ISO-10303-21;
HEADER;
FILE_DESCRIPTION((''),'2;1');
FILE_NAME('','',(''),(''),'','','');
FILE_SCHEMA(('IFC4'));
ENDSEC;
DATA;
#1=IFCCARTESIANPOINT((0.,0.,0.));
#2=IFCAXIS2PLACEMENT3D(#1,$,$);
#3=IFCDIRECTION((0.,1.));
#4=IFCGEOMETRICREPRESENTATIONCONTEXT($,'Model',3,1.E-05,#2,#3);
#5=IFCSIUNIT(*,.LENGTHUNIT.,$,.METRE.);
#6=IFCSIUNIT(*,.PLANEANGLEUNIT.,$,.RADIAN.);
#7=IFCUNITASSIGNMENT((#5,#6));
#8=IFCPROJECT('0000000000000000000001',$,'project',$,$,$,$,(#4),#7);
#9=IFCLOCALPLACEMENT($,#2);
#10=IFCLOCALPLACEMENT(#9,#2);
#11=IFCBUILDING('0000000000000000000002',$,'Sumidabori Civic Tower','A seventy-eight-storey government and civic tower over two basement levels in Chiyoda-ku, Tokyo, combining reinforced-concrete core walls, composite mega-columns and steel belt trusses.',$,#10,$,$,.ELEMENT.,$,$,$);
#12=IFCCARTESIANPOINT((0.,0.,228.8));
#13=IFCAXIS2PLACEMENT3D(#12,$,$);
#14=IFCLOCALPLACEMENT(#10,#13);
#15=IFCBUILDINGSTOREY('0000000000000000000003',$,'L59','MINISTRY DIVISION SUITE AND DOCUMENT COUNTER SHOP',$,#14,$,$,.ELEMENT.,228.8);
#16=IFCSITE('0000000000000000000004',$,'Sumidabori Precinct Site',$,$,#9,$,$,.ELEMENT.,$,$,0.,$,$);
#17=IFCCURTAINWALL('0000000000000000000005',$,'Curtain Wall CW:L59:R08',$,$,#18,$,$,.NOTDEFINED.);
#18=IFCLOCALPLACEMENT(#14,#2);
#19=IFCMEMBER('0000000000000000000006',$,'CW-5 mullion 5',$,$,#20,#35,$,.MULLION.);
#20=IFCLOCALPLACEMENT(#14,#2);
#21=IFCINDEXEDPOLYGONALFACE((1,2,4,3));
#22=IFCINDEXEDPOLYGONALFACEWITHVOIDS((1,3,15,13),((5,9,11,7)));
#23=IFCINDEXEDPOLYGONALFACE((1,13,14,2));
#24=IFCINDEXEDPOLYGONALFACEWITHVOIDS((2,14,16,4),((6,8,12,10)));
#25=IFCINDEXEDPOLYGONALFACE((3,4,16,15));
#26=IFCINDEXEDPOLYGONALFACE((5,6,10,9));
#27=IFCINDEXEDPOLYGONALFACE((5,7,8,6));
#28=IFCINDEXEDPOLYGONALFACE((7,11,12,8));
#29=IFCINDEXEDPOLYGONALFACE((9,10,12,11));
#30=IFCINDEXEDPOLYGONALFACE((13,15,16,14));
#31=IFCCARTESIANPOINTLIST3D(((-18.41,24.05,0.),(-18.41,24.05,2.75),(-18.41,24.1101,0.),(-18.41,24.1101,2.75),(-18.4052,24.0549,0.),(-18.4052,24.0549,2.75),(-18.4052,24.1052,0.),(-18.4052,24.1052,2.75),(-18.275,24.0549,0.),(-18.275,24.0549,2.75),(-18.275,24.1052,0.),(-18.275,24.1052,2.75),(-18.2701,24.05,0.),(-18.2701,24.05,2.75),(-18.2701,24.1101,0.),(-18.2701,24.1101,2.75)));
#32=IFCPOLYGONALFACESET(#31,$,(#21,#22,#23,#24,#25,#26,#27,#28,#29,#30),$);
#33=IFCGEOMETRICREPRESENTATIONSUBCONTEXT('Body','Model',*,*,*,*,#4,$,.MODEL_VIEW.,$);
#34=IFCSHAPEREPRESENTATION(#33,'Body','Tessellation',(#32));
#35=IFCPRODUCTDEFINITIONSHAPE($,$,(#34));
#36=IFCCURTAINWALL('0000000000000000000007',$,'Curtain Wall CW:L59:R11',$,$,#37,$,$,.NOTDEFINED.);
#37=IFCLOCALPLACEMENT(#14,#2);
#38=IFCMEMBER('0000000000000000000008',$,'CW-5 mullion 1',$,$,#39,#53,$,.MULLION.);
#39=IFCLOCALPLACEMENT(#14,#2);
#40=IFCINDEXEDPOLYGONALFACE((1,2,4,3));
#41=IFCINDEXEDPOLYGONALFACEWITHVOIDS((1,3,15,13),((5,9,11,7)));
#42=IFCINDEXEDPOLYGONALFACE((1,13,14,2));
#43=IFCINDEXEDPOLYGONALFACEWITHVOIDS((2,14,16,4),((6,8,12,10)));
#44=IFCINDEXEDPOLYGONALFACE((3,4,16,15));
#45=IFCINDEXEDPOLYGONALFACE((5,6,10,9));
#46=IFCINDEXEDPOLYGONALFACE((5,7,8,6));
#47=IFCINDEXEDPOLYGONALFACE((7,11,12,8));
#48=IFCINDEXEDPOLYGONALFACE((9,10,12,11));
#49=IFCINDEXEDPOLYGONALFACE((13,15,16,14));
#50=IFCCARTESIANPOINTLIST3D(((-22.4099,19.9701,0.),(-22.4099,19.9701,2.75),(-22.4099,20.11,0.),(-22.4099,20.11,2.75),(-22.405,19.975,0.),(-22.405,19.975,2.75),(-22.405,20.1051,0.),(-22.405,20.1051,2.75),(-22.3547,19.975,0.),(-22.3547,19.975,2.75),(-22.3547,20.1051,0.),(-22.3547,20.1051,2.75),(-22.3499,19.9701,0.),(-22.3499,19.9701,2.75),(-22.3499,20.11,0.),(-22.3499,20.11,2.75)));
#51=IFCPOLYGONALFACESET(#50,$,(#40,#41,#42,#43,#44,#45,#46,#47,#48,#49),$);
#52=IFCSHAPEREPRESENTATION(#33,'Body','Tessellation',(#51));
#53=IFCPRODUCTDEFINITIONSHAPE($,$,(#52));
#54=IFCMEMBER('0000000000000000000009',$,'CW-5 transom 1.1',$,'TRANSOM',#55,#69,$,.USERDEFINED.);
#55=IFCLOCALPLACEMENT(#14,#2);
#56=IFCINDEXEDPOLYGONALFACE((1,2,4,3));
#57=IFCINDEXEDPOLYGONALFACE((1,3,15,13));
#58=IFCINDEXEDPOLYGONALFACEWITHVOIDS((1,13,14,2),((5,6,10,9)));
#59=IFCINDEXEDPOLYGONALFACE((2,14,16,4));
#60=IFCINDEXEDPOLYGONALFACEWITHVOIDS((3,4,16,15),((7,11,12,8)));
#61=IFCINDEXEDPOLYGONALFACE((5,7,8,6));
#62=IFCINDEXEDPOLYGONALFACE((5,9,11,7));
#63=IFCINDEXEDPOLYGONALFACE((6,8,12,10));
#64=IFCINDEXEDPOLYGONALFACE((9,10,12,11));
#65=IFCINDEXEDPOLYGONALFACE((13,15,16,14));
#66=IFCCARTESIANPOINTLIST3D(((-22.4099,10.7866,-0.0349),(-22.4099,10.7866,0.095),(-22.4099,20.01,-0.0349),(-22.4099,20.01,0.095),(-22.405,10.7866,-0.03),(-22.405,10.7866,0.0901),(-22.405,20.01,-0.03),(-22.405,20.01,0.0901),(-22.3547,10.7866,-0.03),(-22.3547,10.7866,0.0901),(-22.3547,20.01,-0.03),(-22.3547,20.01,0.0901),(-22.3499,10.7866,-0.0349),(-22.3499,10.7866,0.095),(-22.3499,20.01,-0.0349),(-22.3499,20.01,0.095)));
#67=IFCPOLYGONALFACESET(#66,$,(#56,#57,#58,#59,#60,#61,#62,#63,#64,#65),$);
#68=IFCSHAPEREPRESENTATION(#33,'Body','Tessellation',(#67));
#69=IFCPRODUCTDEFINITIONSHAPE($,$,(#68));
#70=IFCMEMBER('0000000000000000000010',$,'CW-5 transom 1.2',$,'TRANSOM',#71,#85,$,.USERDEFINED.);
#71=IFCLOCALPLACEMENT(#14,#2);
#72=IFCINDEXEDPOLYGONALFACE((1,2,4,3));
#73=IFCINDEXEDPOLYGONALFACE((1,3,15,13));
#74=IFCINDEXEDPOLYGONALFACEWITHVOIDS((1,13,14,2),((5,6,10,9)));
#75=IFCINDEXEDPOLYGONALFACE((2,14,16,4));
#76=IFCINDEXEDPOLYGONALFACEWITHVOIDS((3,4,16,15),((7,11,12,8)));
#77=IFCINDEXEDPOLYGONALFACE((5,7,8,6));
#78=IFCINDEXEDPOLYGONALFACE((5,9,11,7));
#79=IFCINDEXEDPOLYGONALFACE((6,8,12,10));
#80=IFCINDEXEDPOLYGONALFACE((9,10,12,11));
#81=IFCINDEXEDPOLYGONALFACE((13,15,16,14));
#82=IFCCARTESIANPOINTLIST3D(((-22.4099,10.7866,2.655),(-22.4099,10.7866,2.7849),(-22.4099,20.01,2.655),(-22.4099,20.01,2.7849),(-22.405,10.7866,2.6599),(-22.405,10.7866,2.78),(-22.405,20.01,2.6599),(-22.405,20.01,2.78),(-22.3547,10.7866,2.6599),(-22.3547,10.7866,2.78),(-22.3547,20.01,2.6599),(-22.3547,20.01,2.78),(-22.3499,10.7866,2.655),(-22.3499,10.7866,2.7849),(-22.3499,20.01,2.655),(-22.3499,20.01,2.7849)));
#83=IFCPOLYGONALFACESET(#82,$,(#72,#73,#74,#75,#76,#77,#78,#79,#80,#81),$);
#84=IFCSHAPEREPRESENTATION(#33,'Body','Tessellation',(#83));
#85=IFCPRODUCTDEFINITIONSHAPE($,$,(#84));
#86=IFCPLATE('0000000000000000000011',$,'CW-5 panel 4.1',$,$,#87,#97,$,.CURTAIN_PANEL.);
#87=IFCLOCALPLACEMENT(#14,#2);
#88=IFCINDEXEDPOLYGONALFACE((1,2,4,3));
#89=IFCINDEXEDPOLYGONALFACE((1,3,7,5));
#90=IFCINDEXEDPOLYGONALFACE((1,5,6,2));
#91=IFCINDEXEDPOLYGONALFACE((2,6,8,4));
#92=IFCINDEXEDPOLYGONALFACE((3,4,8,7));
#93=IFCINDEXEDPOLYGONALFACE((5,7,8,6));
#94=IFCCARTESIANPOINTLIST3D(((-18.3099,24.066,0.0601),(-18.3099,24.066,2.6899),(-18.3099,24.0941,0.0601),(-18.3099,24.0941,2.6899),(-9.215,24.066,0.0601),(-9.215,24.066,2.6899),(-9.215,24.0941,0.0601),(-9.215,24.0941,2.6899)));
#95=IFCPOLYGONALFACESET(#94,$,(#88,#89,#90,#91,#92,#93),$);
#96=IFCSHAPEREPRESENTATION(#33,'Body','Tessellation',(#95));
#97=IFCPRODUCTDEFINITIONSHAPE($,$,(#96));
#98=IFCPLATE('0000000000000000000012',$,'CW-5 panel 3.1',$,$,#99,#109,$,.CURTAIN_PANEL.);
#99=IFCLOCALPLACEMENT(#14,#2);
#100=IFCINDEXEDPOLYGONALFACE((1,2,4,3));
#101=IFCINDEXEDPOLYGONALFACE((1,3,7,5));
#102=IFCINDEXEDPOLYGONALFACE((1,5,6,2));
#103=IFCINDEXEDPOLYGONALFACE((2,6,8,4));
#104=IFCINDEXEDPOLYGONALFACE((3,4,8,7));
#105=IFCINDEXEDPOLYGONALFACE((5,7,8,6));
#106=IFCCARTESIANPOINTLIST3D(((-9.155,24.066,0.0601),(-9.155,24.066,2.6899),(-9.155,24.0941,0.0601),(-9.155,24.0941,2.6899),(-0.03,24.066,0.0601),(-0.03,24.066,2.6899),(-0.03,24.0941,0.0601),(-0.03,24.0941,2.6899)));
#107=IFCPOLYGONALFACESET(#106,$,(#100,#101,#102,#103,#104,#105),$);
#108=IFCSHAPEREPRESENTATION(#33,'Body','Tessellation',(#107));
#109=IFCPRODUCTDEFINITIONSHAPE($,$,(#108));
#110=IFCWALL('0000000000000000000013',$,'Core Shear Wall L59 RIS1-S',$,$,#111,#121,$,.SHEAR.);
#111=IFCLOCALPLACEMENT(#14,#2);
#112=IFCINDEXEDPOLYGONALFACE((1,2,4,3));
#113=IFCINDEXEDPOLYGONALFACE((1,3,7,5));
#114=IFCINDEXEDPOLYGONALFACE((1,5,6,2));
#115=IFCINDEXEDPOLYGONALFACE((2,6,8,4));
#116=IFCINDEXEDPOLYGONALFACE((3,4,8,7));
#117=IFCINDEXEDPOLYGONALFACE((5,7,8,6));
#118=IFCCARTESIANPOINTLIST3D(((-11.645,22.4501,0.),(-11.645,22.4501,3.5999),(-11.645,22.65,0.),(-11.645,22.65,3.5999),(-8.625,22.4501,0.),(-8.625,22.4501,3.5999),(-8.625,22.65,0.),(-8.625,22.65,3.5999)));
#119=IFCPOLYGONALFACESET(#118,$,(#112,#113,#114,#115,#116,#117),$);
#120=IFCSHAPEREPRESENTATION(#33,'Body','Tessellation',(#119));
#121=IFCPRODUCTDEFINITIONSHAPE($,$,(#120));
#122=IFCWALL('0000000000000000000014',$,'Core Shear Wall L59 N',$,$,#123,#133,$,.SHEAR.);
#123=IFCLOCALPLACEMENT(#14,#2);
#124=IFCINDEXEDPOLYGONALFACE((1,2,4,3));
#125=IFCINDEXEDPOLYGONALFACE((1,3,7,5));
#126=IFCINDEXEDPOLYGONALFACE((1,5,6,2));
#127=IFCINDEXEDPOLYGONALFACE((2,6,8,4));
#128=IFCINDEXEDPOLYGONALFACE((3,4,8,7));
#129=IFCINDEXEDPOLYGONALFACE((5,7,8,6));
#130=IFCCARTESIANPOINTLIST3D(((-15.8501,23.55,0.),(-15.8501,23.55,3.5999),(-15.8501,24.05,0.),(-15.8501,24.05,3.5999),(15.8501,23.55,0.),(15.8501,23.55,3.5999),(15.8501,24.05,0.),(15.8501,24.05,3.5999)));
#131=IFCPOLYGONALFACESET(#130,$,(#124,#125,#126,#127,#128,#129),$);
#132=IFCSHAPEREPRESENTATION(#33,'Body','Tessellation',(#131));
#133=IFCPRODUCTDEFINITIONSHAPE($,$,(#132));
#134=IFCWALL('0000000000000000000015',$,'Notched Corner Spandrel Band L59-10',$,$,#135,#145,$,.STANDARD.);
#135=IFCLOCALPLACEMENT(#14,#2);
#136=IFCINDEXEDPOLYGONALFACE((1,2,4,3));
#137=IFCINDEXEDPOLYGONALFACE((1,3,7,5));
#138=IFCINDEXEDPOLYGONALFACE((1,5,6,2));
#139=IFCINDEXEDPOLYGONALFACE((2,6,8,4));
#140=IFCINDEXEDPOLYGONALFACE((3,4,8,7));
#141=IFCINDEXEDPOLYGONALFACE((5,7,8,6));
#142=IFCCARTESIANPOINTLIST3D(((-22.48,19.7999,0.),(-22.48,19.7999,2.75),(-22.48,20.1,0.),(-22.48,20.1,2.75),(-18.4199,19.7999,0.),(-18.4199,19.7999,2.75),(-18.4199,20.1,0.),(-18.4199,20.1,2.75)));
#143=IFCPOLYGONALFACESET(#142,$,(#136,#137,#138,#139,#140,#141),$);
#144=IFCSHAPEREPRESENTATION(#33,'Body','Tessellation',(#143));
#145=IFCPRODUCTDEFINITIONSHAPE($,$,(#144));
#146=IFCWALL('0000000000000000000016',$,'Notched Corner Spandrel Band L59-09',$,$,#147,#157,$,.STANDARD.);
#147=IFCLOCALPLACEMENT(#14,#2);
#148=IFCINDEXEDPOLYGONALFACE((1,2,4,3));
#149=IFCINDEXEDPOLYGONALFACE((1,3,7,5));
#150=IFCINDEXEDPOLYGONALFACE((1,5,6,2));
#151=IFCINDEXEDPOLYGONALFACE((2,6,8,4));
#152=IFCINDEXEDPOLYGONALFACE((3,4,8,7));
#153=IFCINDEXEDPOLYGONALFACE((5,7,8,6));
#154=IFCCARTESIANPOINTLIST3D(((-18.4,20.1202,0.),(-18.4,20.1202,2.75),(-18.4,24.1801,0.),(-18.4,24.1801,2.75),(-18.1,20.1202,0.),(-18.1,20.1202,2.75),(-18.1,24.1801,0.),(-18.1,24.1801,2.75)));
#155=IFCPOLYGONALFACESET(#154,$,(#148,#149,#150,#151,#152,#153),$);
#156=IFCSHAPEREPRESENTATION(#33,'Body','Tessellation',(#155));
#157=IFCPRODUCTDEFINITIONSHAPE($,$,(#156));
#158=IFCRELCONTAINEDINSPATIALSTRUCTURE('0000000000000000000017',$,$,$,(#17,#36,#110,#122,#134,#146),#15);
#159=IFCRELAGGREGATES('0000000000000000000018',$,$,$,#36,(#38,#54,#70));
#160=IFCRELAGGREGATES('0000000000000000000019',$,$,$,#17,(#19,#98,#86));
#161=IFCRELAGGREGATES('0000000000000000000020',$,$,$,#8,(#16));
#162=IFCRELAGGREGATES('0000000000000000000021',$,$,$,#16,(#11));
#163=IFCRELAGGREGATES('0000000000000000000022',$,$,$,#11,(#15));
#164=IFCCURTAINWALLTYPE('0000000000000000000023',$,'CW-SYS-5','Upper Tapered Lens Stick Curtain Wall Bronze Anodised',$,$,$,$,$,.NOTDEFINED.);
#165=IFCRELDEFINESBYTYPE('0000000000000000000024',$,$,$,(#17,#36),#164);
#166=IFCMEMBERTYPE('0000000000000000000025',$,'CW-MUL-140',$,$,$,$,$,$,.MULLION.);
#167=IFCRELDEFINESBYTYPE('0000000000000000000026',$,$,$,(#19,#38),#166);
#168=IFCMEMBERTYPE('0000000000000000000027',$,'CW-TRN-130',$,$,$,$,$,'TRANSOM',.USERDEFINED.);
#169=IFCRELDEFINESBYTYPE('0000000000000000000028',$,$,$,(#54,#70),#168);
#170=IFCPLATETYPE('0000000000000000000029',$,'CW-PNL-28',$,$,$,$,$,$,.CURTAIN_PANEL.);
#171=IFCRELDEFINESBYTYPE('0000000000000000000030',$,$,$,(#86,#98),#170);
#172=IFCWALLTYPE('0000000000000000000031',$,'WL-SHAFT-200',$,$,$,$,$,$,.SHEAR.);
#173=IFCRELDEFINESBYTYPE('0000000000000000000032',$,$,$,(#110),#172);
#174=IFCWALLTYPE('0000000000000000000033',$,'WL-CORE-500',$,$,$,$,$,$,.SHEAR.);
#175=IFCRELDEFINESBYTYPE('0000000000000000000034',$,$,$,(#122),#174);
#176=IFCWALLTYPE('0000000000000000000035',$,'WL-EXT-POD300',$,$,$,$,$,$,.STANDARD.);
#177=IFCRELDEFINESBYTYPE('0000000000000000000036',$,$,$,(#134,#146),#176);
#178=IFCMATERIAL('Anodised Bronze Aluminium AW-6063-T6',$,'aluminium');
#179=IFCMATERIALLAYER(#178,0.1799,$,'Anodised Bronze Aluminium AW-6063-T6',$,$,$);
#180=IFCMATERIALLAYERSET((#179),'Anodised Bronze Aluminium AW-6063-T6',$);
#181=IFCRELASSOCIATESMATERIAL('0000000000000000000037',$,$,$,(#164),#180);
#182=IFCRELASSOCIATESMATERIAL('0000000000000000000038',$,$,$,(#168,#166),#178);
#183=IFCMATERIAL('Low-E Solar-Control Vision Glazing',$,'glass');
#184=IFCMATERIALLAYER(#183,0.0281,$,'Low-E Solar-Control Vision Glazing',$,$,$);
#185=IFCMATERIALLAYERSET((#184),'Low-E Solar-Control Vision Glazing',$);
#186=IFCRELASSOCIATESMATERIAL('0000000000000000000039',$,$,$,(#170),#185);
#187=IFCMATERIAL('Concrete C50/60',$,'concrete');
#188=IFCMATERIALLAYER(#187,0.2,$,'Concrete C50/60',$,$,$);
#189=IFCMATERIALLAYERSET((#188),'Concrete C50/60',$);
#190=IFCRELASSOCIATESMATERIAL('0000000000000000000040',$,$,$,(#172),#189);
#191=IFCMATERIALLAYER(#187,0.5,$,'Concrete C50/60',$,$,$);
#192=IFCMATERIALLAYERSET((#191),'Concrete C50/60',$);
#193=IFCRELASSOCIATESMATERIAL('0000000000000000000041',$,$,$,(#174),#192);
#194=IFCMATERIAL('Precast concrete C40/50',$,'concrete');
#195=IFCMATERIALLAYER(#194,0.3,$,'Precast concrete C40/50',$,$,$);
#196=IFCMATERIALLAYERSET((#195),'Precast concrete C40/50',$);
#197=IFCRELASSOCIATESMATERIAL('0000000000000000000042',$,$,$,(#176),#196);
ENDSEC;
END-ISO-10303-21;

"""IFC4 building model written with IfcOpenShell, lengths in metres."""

from ifc_helpers import new_model, si_unit, direction, frame, frame_2d, origin, origin_2d, place, context, subcontext, project, spatial, rectangle, hollow_rectangle, extrude, source, transform, mapped, material, layer, layer_set, material_profile, profile_set, type_object, element, aggregate, save


model = new_model("IFC4")

# Units and contexts
model_context = context("Model", 3, precision=1e-05, world=origin(), true_north=direction((0.0, 1.0)))
body_context = subcontext(model_context, "Body", "Model", "MODEL_VIEW")
ifc_project = project(units=[si_unit("LENGTHUNIT", "METRE"), si_unit("PLANEANGLEUNIT", "RADIAN")], contexts=[model_context])

# Site, building, storey
site_placement = place(None, origin())
site = spatial("IfcSite", under=ifc_project, at=site_placement, Name="Sumidabori Precinct Site", CompositionType="ELEMENT", RefElevation=0.0)
building_placement = place(site_placement, origin())
building = spatial("IfcBuilding", under=site, at=building_placement, Name="Sumidabori Civic Tower", Description="A seventy-eight-storey government and civic tower over two basement levels in Chiyoda-ku, Tokyo, combining reinforced-concrete core walls, composite mega-columns and steel belt trusses.", CompositionType="ELEMENT")
storey_placement = place(building_placement, frame((0.0, 0.0, 228.8)))
storey = spatial("IfcBuildingStorey", under=building, at=storey_placement, Name="L59", Description="MINISTRY DIVISION SUITE AND DOCUMENT COUNTER SHOP", CompositionType="ELEMENT", Elevation=228.8)

# Curtain walls, members
ifc_material_1 = material(Name="Anodised Bronze Aluminium AW-6063-T6", Category="aluminium")
ifc_layer_1 = layer(ifc_material_1, 0.1799, Name="Anodised Bronze Aluminium AW-6063-T6")
ifc_layer_set_1 = layer_set([ifc_layer_1], Name="Anodised Bronze Aluminium AW-6063-T6")
curtain_wall_type = type_object("IfcCurtainWallType", Name="CW-SYS-5", Description="Upper Tapered Lens Stick Curtain Wall Bronze Anodised", PredefinedType="NOTDEFINED", material=ifc_layer_set_1)
curtain_wall_1_placement = place(storey_placement, origin())
curtain_wall_1 = element("IfcCurtainWall", 1, at=curtain_wall_1_placement, inside=storey, type_object=curtain_wall_type, Name="Curtain Wall CW:L59:R08", PredefinedType="NOTDEFINED")
ifc_material_profile_1 = material_profile(ifc_material_1, hollow_rectangle(XDim=0.0601, YDim=0.1299, WallThickness=0.0049, at=origin_2d()), Name="ALU TRANSOM 130x60")
ifc_profile_set_1 = profile_set([ifc_material_profile_1], Name="Anodised Bronze Aluminium AW-6063-T6")
member_type_1 = type_object("IfcMemberType", Name="CW-TRN-130", ElementType="TRANSOM", PredefinedType="USERDEFINED", material=ifc_profile_set_1)
ifc_material_profile_2 = material_profile(ifc_material_1, hollow_rectangle(XDim=0.0601, YDim=0.1399, WallThickness=0.0049, at=origin_2d()), Name="ALU MULLION 140x60")
ifc_profile_set_2 = profile_set([ifc_material_profile_2], Name="Anodised Bronze Aluminium AW-6063-T6")
member_type_2 = type_object("IfcMemberType", Name="CW-MUL-140", PredefinedType="MULLION", material=ifc_profile_set_2)
shared_shape_1 = source(origin(), body_context, "Body", "SweptSolid", [
    extrude(hollow_rectangle(XDim=0.0601, YDim=0.1399, WallThickness=0.0049, at=origin_2d()), origin(), (0.0, 0.0, 1.0), 2.75),
])
member_1_placement = place(storey_placement, frame((-18.3401, 24.0801, 0.0), z_axis=(0.0, 0.0, 1.0), x_axis=(0.0, -1.0, 0.0)))
member_1 = element("IfcMember", 2, at=member_1_placement, type_object=member_type_2, Name="CW-5 mullion 5", PredefinedType="MULLION", context=body_context, shape_type="MappedRepresentation", body=[
    mapped(shared_shape_1, transform((0.0, 0.0, 0.0), x_axis=(1.0, 0.0, 0.0), y_axis=(0.0, 1.0, 0.0), z_axis=(0.0, 0.0, 1.0), scale=1.0)),
])
curtain_wall_2_placement = place(storey_placement, origin())
curtain_wall_2 = element("IfcCurtainWall", 3, at=curtain_wall_2_placement, inside=storey, type_object=curtain_wall_type, Name="Curtain Wall CW:L59:R11", PredefinedType="NOTDEFINED")
member_2_placement = place(storey_placement, frame((-22.3799, 20.04, 0.0), z_axis=(0.0, 0.0, 1.0), x_axis=(1.0, 0.0, 0.0)))
member_2 = element("IfcMember", 4, at=member_2_placement, type_object=member_type_2, Name="CW-5 mullion 1", PredefinedType="MULLION", context=body_context, shape_type="MappedRepresentation", body=[
    mapped(shared_shape_1, transform((0.0, 0.0, 0.0), x_axis=(1.0, 0.0, 0.0), y_axis=(0.0, 1.0, 0.0), z_axis=(0.0, 0.0, 1.0), scale=1.0)),
])
shared_shape_2 = source(origin(), body_context, "Body", "SweptSolid", [
    extrude(hollow_rectangle(XDim=0.0601, YDim=0.1299, WallThickness=0.0049, at=origin_2d()), origin(), (0.0, 0.0, 1.0), 9.2234),
])
member_3_placement = place(storey_placement, frame((-22.3799, 20.01, 0.03), z_axis=(0.0, -1.0, 0.0), x_axis=(1.0, 0.0, 0.0)))
member_3 = element("IfcMember", 5, at=member_3_placement, type_object=member_type_1, Name="CW-5 transom 1.1", ObjectType="TRANSOM", PredefinedType="USERDEFINED", context=body_context, shape_type="MappedRepresentation", body=[
    mapped(shared_shape_2, transform((0.0, 0.0, 0.0), x_axis=(1.0, 0.0, 0.0), y_axis=(0.0, 1.0, 0.0), z_axis=(0.0, 0.0, 1.0), scale=1.0)),
])
member_4_placement = place(storey_placement, frame((-22.3799, 20.01, 2.72), z_axis=(0.0, -1.0, 0.0), x_axis=(1.0, 0.0, 0.0)))
member_4 = element("IfcMember", 6, at=member_4_placement, type_object=member_type_1, Name="CW-5 transom 1.2", ObjectType="TRANSOM", PredefinedType="USERDEFINED", context=body_context, shape_type="MappedRepresentation", body=[
    mapped(shared_shape_2, transform((0.0, 0.0, 0.0), x_axis=(1.0, 0.0, 0.0), y_axis=(0.0, 1.0, 0.0), z_axis=(0.0, 0.0, 1.0), scale=1.0)),
])
aggregate(curtain_wall_2, [member_2, member_3, member_4])

# Plates
ifc_material_2 = material(Name="Low-E Solar-Control Vision Glazing", Category="glass")
ifc_layer_2 = layer(ifc_material_2, 0.0281, Name="Low-E Solar-Control Vision Glazing")
ifc_layer_set_2 = layer_set([ifc_layer_2], Name="Low-E Solar-Control Vision Glazing")
plate_type = type_object("IfcPlateType", Name="CW-PNL-28", PredefinedType="CURTAIN_PANEL", material=ifc_layer_set_2)
shared_shape_3 = source(origin(), body_context, "Body", "SweptSolid", [
    extrude(rectangle(XDim=9.095, YDim=0.0281, at=origin_2d()), origin(), (0.0, 0.0, 1.0), 2.6299),
])
plate_1_placement = place(storey_placement, frame((-13.7625, 24.0801, 0.0601), z_axis=(0.0, 0.0, 1.0), x_axis=(-1.0, 0.0, 0.0)))
plate_1 = element("IfcPlate", 7, at=plate_1_placement, type_object=plate_type, Name="CW-5 panel 4.1", PredefinedType="CURTAIN_PANEL", context=body_context, shape_type="MappedRepresentation", body=[
    mapped(shared_shape_3, transform((0.0, 0.0, 0.0), x_axis=(1.0, 0.0, 0.0), y_axis=(0.0, 1.0, 0.0), z_axis=(0.0, 0.0, 1.0), scale=1.0)),
])
shared_shape_4 = source(origin(), body_context, "Body", "SweptSolid", [
    extrude(rectangle(XDim=9.125, YDim=0.0281, at=origin_2d()), origin(), (0.0, 0.0, 1.0), 2.6299),
])
plate_2_placement = place(storey_placement, frame((-4.5925, 24.0801, 0.0601), z_axis=(0.0, 0.0, 1.0), x_axis=(-1.0, 0.0, 0.0)))
plate_2 = element("IfcPlate", 8, at=plate_2_placement, type_object=plate_type, Name="CW-5 panel 3.1", PredefinedType="CURTAIN_PANEL", context=body_context, shape_type="MappedRepresentation", body=[
    mapped(shared_shape_4, transform((0.0, 0.0, 0.0), x_axis=(1.0, 0.0, 0.0), y_axis=(0.0, 1.0, 0.0), z_axis=(0.0, 0.0, 1.0), scale=1.0)),
])
aggregate(curtain_wall_1, [member_1, plate_2, plate_1])

# Walls
ifc_material_3 = material(Name="Concrete C50/60", Category="concrete")
ifc_layer_3 = layer(ifc_material_3, 0.2, Name="Concrete C50/60")
ifc_layer_set_3 = layer_set([ifc_layer_3], Name="Concrete C50/60")
wall_type_1 = type_object("IfcWallType", Name="WL-SHAFT-200", PredefinedType="SHEAR", material=ifc_layer_set_3)
shared_shape_5 = source(origin(), body_context, "Body", "SweptSolid", [
    extrude(rectangle(XDim=3.02, YDim=0.2, at=frame_2d((1.51, 0.0))), origin(), (0.0, 0.0, 1.0), 3.5999),
])
wall_1_placement = place(storey_placement, frame((-11.645, 22.55, 0.0), z_axis=(0.0, 0.0, 1.0), x_axis=(1.0, 0.0, 0.0)))
element("IfcWall", 9, at=wall_1_placement, inside=storey, type_object=wall_type_1, Name="Core Shear Wall L59 RIS1-S", PredefinedType="SHEAR", context=body_context, shape_type="MappedRepresentation", body=[
    mapped(shared_shape_5, transform((0.0, 0.0, 0.0), x_axis=(1.0, 0.0, 0.0), y_axis=(0.0, 1.0, 0.0), z_axis=(0.0, 0.0, 1.0), scale=1.0)),
])
ifc_layer_4 = layer(ifc_material_3, 0.5, Name="Concrete C50/60")
ifc_layer_set_4 = layer_set([ifc_layer_4], Name="Concrete C50/60")
wall_type_2 = type_object("IfcWallType", Name="WL-CORE-500", PredefinedType="SHEAR", material=ifc_layer_set_4)
shared_shape_6 = source(origin(), body_context, "Body", "SweptSolid", [
    extrude(rectangle(XDim=31.7002, YDim=0.5, at=frame_2d((15.8501, 0.0))), origin(), (0.0, 0.0, 1.0), 3.5999),
])
wall_2_placement = place(storey_placement, frame((-15.8501, 23.8, 0.0), z_axis=(0.0, 0.0, 1.0), x_axis=(1.0, 0.0, 0.0)))
element("IfcWall", 10, at=wall_2_placement, inside=storey, type_object=wall_type_2, Name="Core Shear Wall L59 N", PredefinedType="SHEAR", context=body_context, shape_type="MappedRepresentation", body=[
    mapped(shared_shape_6, transform((0.0, 0.0, 0.0), x_axis=(1.0, 0.0, 0.0), y_axis=(0.0, 1.0, 0.0), z_axis=(0.0, 0.0, 1.0), scale=1.0)),
])
ifc_material_4 = material(Name="Precast concrete C40/50", Category="concrete")
ifc_layer_5 = layer(ifc_material_4, 0.3, Name="Precast concrete C40/50")
ifc_layer_set_5 = layer_set([ifc_layer_5], Name="Precast concrete C40/50")
wall_type_3 = type_object("IfcWallType", Name="WL-EXT-POD300", PredefinedType="STANDARD", material=ifc_layer_set_5)
shared_shape_7 = source(origin(), body_context, "Body", "SweptSolid", [
    extrude(rectangle(XDim=4.0601, YDim=0.3, at=frame_2d((2.03, 0.0))), origin(), (0.0, 0.0, 1.0), 2.75),
])
wall_3_placement = place(storey_placement, frame((-18.4199, 19.95, 0.0), z_axis=(0.0, 0.0, 1.0), x_axis=(-1.0, 0.0, 0.0)))
element("IfcWall", 11, at=wall_3_placement, inside=storey, type_object=wall_type_3, Name="Notched Corner Spandrel Band L59-10", PredefinedType="STANDARD", context=body_context, shape_type="MappedRepresentation", body=[
    mapped(shared_shape_7, transform((0.0, 0.0, 0.0), x_axis=(1.0, 0.0, 0.0), y_axis=(0.0, 1.0, 0.0), z_axis=(0.0, 0.0, 1.0), scale=1.0)),
])
shared_shape_8 = source(origin(), body_context, "Body", "SweptSolid", [
    extrude(rectangle(XDim=4.0598, YDim=0.3, at=frame_2d((2.0298, 0.0))), origin(), (0.0, 0.0, 1.0), 2.75),
])
wall_4_placement = place(storey_placement, frame((-18.25, 24.1799, 0.0), z_axis=(0.0, 0.0, 1.0), x_axis=(0.0, -1.0, 0.0)))
element("IfcWall", 12, at=wall_4_placement, inside=storey, type_object=wall_type_3, Name="Notched Corner Spandrel Band L59-09", PredefinedType="STANDARD", context=body_context, shape_type="MappedRepresentation", body=[
    mapped(shared_shape_8, transform((0.0, 0.0, 0.0), x_axis=(1.0, 0.0, 0.0), y_axis=(0.0, 1.0, 0.0), z_axis=(0.0, 0.0, 1.0), scale=1.0)),
])

save(model, "model.ifc")
